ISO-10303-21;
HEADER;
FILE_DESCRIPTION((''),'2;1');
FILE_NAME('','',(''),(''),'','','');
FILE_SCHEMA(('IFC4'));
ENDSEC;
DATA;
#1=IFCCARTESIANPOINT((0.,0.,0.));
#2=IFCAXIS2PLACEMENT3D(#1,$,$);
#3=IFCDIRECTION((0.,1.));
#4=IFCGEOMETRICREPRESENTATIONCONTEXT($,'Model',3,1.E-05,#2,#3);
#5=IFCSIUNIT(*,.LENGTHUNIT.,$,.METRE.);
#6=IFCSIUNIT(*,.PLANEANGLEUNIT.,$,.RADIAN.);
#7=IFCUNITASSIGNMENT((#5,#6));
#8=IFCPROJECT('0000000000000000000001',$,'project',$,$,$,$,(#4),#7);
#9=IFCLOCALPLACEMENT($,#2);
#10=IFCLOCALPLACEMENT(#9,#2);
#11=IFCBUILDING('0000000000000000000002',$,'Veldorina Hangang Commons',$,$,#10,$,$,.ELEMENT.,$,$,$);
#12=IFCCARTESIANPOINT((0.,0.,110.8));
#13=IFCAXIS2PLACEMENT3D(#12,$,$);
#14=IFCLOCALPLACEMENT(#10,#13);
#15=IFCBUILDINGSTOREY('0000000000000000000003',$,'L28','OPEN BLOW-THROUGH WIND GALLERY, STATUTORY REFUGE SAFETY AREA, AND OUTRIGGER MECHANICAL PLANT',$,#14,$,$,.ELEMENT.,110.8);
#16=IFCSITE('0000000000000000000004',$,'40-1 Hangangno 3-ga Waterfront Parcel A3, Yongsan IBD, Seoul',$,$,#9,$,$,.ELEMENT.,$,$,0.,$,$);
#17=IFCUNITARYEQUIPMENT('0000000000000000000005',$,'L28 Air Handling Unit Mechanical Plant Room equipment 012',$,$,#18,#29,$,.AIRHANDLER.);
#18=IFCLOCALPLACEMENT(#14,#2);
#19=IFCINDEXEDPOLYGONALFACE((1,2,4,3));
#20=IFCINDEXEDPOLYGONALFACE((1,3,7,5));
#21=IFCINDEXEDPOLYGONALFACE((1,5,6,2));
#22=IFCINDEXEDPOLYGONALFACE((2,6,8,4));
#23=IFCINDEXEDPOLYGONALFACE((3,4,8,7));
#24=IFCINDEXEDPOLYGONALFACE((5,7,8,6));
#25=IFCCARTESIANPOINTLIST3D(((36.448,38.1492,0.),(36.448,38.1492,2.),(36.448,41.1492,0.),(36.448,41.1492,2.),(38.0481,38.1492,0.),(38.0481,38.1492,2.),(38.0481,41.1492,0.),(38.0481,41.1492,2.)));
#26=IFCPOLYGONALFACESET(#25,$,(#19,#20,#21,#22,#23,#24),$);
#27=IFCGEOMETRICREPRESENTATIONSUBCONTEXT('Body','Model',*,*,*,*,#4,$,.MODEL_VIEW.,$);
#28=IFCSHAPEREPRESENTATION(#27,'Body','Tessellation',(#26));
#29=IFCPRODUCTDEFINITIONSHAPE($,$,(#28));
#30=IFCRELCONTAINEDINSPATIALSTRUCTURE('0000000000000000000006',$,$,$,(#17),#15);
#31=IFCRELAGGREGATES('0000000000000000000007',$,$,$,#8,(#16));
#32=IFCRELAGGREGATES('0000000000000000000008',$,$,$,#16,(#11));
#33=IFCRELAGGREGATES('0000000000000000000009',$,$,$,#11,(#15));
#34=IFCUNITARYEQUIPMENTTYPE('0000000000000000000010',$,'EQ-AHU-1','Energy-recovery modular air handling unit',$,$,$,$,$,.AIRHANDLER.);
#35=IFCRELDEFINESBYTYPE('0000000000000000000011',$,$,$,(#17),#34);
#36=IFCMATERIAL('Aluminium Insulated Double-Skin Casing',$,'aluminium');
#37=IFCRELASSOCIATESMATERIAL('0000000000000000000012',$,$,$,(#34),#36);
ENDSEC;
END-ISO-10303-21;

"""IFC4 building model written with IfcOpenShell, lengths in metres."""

from ifc_helpers import new_model, si_unit, direction, frame, origin, origin_2d, place, context, subcontext, project, spatial, rectangle, extrude, material, type_object, element, save


model = new_model("IFC4")

# Units and contexts
model_context = context("Model", 3, precision=1e-05, world=origin(), true_north=direction((0.0, 1.0)))
body_context = subcontext(model_context, "Body", "Model", "MODEL_VIEW")
ifc_project = project(units=[si_unit("LENGTHUNIT", "METRE"), si_unit("PLANEANGLEUNIT", "RADIAN")], contexts=[model_context])

# Site, building, storey
site_placement = place(None, origin())
site = spatial("IfcSite", under=ifc_project, at=site_placement, Name="40-1 Hangangno 3-ga Waterfront Parcel A3, Yongsan IBD, Seoul", CompositionType="ELEMENT", RefElevation=0.0)
building_placement = place(site_placement, origin())
building = spatial("IfcBuilding", under=site, at=building_placement, Name="Veldorina Hangang Commons", CompositionType="ELEMENT")
storey_placement = place(building_placement, frame((0.0, 0.0, 110.8)))
storey = spatial("IfcBuildingStorey", under=building, at=storey_placement, Name="L28", Description="OPEN BLOW-THROUGH WIND GALLERY, STATUTORY REFUGE SAFETY AREA, AND OUTRIGGER MECHANICAL PLANT", CompositionType="ELEMENT", Elevation=110.8)

# Unitary equipment
ifc_material_1 = material(Name="Aluminium Insulated Double-Skin Casing", Category="aluminium")
unitary_equipment_type = type_object("IfcUnitaryEquipmentType", Name="EQ-AHU-1", Description="Energy-recovery modular air handling unit", PredefinedType="AIRHANDLER", material=ifc_material_1)
unitary_equipment_placement = place(storey_placement, frame((37.248, 39.6492, 0.0), z_axis=(0.0, 0.0, 1.0), x_axis=(1.0, 0.0, 0.0)))
element("IfcUnitaryEquipment", 1, at=unitary_equipment_placement, inside=storey, type_object=unitary_equipment_type, Name="L28 Air Handling Unit Mechanical Plant Room equipment 012", PredefinedType="AIRHANDLER", context=body_context, shape_type="SweptSolid", body=[
    extrude(rectangle(XDim=1.6001, YDim=3.0, at=origin_2d()), origin(), (0.0, 0.0, 1.0), 2.0),
])

save(model, "model.ifc")
